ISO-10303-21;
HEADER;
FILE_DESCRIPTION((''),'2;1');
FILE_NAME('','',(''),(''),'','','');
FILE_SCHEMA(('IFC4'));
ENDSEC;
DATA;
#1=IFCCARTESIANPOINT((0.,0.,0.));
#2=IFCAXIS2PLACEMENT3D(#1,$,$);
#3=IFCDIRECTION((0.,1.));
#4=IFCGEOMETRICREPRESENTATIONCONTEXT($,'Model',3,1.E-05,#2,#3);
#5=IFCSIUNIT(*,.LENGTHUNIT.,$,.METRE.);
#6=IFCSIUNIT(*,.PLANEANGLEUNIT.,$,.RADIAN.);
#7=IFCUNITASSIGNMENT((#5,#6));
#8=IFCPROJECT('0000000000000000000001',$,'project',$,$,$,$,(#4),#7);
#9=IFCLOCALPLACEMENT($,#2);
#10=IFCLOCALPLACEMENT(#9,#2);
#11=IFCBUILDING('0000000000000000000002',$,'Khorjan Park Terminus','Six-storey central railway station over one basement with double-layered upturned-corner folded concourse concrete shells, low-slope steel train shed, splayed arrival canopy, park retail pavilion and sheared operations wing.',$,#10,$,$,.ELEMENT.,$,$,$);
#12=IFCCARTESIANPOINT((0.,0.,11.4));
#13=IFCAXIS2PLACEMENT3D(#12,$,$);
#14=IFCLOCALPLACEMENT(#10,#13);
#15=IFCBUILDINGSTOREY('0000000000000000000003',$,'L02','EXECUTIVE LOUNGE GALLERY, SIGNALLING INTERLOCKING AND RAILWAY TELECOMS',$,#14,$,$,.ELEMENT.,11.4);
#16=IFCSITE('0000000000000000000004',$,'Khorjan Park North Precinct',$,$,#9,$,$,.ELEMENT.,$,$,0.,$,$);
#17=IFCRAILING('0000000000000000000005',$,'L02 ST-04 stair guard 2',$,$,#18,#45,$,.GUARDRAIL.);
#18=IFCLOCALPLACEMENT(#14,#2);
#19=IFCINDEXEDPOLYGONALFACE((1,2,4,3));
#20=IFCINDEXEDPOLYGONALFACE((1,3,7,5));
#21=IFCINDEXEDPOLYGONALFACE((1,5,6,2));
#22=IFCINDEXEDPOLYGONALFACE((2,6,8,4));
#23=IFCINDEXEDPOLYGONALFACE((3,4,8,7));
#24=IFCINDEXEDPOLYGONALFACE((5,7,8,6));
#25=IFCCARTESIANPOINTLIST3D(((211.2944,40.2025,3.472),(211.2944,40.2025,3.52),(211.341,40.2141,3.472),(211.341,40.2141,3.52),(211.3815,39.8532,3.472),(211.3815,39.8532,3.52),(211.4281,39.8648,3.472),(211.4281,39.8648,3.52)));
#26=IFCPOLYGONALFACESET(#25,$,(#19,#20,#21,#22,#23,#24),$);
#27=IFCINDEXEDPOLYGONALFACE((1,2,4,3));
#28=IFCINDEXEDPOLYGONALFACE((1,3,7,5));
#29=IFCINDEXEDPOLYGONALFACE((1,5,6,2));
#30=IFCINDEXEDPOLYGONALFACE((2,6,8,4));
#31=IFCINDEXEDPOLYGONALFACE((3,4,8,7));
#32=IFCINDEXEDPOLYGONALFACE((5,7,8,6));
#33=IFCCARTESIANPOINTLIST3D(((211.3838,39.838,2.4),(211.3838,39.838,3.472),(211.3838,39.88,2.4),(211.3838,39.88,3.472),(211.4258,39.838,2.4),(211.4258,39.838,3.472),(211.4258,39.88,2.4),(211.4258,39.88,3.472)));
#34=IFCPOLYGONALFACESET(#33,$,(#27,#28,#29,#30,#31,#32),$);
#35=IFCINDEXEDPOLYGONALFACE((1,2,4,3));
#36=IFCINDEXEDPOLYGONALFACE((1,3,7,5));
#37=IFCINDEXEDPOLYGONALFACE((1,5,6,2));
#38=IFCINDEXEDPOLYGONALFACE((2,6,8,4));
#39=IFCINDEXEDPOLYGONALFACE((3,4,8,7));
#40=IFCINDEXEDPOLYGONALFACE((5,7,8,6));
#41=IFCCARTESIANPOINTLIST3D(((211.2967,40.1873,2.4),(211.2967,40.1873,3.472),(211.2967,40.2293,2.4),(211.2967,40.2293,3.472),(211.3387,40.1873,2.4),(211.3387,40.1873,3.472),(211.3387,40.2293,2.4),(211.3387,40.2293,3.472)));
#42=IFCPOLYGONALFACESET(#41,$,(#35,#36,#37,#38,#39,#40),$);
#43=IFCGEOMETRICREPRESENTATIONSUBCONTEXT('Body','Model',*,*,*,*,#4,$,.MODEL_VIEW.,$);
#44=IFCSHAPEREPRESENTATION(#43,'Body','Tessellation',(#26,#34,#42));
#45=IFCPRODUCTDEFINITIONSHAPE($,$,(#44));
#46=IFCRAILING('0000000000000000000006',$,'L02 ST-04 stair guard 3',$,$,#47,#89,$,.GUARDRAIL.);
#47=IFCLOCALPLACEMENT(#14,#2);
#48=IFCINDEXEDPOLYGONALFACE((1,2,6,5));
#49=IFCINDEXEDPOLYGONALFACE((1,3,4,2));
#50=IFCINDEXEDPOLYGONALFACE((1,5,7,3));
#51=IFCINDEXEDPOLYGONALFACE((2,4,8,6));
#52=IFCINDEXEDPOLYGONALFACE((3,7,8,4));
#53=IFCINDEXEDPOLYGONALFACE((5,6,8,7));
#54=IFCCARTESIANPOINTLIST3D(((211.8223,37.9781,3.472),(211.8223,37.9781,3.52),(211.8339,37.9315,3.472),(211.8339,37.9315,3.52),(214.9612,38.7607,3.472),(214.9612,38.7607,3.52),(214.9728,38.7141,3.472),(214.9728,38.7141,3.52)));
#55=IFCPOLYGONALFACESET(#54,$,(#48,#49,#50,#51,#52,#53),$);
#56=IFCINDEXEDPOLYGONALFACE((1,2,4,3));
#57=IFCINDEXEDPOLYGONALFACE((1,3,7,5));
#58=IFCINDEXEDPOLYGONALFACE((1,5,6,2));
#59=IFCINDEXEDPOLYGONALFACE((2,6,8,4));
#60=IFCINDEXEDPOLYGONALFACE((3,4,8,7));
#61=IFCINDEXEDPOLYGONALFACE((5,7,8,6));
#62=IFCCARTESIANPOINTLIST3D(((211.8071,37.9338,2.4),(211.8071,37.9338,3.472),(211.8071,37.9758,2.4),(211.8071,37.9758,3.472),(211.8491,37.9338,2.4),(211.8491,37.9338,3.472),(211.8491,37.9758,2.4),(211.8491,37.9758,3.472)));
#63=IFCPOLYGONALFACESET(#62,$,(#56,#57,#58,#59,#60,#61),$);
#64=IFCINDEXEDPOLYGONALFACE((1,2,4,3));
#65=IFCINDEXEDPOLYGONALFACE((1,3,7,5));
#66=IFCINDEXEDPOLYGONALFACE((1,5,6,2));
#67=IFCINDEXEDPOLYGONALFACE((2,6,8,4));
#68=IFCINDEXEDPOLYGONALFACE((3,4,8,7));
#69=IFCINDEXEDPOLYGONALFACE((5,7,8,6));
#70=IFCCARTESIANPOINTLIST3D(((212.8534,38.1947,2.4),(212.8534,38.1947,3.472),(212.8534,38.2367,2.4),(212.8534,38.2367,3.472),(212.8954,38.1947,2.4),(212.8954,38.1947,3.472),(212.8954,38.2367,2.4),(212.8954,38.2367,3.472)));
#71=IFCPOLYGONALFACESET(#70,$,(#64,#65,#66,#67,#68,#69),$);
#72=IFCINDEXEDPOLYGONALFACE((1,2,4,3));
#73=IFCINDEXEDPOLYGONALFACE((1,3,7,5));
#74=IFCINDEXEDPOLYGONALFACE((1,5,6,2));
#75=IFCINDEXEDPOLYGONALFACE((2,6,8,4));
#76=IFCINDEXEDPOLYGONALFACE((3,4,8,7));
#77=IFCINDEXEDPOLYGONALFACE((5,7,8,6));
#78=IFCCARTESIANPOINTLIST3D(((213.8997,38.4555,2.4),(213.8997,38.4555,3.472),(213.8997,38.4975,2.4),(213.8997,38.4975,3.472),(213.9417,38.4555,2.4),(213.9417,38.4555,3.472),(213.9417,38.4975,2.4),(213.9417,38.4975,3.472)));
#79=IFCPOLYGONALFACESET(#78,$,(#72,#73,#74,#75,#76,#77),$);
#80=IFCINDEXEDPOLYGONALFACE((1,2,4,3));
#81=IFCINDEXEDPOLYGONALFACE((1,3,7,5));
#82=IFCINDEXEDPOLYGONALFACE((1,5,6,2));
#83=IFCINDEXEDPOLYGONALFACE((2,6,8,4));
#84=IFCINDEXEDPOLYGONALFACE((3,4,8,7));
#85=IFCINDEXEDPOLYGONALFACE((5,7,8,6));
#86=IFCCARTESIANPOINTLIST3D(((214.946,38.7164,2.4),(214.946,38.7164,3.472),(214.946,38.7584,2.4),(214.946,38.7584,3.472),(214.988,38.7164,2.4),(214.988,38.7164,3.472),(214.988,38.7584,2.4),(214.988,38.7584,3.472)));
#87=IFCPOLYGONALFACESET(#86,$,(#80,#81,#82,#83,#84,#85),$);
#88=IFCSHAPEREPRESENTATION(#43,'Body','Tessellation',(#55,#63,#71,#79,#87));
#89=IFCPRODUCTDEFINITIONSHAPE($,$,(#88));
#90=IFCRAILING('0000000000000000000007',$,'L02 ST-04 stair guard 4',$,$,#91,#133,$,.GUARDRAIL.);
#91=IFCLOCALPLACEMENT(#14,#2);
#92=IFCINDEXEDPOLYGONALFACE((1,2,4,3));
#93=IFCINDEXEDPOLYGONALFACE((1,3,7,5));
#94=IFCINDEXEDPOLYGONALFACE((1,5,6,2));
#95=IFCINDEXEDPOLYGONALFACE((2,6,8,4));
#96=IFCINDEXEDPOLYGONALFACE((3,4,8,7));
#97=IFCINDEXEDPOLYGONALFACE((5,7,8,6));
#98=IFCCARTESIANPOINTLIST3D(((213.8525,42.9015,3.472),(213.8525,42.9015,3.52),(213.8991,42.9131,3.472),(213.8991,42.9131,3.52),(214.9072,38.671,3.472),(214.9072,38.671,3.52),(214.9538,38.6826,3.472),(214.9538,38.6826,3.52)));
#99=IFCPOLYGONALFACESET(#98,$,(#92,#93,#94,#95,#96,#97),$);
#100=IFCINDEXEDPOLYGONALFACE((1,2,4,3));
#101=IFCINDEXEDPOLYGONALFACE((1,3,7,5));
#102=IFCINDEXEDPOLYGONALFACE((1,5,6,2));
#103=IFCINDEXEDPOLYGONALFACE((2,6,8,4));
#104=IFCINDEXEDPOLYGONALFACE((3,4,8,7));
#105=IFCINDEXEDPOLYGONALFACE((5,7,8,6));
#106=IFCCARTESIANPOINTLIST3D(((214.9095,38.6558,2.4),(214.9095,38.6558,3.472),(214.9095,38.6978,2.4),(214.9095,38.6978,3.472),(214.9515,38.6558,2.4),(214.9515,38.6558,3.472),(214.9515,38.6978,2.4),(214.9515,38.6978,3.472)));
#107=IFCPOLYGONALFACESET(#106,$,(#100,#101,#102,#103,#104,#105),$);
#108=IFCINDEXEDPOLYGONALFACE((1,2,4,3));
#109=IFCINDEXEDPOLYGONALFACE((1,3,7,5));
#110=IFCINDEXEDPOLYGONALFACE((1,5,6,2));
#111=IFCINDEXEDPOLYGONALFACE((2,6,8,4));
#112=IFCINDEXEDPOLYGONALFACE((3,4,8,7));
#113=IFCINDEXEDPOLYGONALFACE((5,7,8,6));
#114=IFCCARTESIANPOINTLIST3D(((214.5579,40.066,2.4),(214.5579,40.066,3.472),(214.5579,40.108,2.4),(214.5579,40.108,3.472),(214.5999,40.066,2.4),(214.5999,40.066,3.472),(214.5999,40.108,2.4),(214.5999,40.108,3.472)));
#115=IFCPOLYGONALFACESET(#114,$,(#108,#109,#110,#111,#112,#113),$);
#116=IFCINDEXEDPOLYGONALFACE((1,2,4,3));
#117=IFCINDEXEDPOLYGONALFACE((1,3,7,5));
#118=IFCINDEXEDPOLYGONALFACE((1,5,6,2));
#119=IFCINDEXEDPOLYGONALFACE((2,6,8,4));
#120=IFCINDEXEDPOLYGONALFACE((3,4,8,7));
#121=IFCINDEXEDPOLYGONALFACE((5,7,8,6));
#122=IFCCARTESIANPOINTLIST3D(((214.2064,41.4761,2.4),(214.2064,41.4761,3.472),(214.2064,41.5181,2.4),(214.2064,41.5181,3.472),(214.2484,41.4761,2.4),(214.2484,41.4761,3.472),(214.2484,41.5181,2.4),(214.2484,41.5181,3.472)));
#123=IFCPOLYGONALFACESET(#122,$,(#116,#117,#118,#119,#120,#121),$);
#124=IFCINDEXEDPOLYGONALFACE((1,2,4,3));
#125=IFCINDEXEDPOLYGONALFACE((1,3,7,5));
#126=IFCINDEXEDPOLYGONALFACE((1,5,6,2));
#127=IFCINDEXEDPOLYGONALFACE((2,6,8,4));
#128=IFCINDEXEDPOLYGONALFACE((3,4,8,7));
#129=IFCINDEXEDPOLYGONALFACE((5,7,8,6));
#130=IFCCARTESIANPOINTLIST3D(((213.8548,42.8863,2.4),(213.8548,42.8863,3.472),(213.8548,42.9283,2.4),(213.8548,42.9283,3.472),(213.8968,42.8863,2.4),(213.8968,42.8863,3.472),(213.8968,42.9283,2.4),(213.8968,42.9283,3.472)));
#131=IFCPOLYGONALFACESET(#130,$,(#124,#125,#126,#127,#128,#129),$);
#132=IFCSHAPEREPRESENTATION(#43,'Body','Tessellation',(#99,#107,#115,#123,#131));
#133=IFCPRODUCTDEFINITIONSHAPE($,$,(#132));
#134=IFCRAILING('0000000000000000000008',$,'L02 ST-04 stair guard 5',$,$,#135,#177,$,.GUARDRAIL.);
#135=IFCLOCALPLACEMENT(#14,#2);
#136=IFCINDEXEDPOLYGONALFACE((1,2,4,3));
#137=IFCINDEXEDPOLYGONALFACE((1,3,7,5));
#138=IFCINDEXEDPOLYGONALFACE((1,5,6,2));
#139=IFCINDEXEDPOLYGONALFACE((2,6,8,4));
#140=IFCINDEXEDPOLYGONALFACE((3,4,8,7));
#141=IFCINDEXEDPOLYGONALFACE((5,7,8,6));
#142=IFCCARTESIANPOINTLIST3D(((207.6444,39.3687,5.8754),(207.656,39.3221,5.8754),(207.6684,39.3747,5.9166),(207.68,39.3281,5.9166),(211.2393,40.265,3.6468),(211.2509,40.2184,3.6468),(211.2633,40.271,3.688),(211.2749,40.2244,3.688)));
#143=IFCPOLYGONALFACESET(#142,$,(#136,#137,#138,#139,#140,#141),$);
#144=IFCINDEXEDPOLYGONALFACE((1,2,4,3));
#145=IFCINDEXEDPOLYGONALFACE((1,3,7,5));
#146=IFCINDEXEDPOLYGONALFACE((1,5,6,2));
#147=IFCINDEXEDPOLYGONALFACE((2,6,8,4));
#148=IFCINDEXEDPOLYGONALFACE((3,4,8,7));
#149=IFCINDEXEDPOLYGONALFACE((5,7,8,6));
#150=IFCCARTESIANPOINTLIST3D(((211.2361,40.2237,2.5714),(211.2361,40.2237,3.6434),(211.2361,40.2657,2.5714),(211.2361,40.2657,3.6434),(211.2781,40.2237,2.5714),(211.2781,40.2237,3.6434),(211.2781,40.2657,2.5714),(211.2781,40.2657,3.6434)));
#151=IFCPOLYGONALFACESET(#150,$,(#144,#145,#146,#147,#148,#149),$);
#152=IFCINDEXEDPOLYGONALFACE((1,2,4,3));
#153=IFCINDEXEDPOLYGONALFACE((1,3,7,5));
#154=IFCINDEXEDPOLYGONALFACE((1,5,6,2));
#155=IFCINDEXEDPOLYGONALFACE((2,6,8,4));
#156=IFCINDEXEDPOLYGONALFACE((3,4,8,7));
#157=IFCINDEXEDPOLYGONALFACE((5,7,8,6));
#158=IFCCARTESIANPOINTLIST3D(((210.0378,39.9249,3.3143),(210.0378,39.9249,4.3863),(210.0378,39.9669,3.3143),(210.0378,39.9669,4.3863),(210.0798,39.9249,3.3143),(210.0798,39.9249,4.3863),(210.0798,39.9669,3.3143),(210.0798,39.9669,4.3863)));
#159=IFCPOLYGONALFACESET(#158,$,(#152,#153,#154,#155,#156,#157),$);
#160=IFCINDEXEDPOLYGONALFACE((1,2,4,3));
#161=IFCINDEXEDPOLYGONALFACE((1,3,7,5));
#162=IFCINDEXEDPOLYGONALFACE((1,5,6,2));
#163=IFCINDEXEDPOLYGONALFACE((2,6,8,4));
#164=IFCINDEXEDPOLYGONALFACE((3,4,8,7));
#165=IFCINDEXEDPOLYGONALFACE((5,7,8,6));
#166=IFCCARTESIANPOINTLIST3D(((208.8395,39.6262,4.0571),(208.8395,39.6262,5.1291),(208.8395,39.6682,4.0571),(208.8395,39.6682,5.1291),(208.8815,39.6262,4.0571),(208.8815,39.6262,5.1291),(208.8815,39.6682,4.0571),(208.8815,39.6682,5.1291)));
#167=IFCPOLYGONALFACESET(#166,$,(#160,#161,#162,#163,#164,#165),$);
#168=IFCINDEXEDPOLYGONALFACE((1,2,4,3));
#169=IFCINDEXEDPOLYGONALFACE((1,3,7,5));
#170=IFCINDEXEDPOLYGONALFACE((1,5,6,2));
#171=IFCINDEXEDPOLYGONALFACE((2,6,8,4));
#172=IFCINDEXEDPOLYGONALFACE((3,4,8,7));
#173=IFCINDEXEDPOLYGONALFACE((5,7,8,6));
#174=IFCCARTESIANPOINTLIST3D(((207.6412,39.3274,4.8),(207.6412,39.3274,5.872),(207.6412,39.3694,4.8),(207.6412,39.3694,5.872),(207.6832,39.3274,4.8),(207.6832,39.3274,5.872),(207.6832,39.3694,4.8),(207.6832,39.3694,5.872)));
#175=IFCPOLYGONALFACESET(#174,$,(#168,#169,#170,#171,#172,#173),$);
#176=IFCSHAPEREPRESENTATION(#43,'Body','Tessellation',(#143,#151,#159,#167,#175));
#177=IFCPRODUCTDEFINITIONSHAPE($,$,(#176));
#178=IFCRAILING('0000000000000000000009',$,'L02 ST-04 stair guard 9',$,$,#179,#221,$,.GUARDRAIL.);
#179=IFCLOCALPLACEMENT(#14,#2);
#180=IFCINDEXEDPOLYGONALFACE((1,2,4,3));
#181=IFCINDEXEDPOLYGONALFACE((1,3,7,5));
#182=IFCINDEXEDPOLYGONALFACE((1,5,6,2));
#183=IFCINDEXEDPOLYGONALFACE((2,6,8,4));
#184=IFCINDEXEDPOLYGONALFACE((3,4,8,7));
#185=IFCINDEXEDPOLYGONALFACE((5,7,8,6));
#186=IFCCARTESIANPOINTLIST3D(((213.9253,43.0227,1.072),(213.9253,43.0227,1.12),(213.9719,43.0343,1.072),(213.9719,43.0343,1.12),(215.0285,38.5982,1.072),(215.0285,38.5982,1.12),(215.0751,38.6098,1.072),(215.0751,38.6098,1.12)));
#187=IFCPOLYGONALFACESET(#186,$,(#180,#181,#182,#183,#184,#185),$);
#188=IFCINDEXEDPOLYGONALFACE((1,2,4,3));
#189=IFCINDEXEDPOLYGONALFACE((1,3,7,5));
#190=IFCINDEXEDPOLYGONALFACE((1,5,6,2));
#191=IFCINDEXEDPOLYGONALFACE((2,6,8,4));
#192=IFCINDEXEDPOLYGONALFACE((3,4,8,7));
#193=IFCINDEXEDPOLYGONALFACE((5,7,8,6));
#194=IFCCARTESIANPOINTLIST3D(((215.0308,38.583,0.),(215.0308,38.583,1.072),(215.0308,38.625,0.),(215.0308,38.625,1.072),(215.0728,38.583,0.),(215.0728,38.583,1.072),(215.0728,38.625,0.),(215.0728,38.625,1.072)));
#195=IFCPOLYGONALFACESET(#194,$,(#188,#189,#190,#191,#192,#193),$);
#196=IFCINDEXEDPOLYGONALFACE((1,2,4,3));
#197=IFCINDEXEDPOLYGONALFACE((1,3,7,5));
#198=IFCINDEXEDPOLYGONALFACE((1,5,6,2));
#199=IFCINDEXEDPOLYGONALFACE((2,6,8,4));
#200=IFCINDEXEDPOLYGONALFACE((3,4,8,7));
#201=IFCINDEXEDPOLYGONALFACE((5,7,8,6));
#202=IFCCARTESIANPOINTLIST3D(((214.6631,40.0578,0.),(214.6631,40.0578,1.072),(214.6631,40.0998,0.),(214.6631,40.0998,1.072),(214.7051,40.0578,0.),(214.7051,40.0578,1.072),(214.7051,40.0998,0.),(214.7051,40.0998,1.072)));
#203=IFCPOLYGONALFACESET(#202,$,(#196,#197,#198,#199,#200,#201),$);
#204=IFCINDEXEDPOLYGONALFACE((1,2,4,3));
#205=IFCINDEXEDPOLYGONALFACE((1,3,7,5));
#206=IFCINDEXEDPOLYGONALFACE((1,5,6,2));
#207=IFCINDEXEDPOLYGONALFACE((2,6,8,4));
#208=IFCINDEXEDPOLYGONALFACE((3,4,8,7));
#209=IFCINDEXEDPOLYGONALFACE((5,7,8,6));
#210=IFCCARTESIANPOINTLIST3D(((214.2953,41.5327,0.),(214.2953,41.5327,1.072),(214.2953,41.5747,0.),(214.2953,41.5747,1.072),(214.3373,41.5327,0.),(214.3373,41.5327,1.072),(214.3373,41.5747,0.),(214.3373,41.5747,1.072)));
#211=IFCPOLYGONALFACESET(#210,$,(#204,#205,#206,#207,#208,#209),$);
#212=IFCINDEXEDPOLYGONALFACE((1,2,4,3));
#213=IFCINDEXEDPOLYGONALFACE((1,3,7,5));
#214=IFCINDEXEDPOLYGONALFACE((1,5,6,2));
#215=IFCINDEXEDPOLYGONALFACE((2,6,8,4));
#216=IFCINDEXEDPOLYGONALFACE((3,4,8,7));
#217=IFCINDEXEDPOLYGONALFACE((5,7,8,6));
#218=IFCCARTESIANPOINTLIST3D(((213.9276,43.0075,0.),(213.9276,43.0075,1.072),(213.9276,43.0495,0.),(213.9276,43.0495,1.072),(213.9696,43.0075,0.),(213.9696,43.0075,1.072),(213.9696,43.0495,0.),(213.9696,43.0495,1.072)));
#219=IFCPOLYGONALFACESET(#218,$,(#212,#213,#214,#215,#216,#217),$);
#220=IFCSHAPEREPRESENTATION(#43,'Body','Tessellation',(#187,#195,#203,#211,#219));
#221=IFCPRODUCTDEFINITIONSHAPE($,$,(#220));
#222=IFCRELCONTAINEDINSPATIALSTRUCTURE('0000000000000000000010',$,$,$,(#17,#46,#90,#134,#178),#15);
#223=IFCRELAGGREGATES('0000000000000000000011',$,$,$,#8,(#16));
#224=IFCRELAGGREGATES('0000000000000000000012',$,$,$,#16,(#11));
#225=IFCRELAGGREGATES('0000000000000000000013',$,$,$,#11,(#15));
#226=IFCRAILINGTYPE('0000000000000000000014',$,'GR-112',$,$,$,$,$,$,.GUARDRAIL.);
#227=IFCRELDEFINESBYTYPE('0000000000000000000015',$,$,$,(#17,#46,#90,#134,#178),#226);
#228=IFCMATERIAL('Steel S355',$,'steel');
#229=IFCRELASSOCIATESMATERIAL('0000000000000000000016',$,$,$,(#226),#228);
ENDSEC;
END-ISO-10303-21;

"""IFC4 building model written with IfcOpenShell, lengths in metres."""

from ifc_helpers import new_model, si_unit, direction, frame, origin, origin_2d, place, context, subcontext, project, spatial, rectangle, extrude, material, type_object, element, save


model = new_model("IFC4")

# Units and contexts
model_context = context("Model", 3, precision=1e-05, world=origin(), true_north=direction((0.0, 1.0)))
body_context = subcontext(model_context, "Body", "Model", "MODEL_VIEW")
ifc_project = project(units=[si_unit("LENGTHUNIT", "METRE"), si_unit("PLANEANGLEUNIT", "RADIAN")], contexts=[model_context])

# Site, building, storey
site_placement = place(None, origin())
site = spatial("IfcSite", under=ifc_project, at=site_placement, Name="Khorjan Park North Precinct", CompositionType="ELEMENT", RefElevation=0.0)
building_placement = place(site_placement, origin())
building = spatial("IfcBuilding", under=site, at=building_placement, Name="Khorjan Park Terminus", Description="Six-storey central railway station over one basement with double-layered upturned-corner folded concourse concrete shells, low-slope steel train shed, splayed arrival canopy, park retail pavilion and sheared operations wing.", CompositionType="ELEMENT")
storey_placement = place(building_placement, frame((0.0, 0.0, 11.4)))
storey = spatial("IfcBuildingStorey", under=building, at=storey_placement, Name="L02", Description="EXECUTIVE LOUNGE GALLERY, SIGNALLING INTERLOCKING AND RAILWAY TELECOMS", CompositionType="ELEMENT", Elevation=11.4)

# Shared definitions
ifc_material_1 = material(Name="Steel S355", Category="steel")

# Railings
railing_type = type_object("IfcRailingType", Name="GR-112", PredefinedType="GUARDRAIL", material=ifc_material_1)
railing_1_placement = place(storey_placement, frame((211.4048, 39.859, 2.4)))
element("IfcRailing", 1, at=railing_1_placement, inside=storey, type_object=railing_type, Name="L02 ST-04 stair guard 2", PredefinedType="GUARDRAIL", context=body_context, shape_type="SweptSolid", body=[
    extrude(rectangle(XDim=0.048, YDim=0.048, at=origin_2d()), frame((0.0, 0.0, 1.096), z_axis=(-0.241947, 0.970289, 0.0), x_axis=(-0.970289, -0.241947, 0.0)), (0.0, 0.0, 1.0), 0.36),
    extrude(rectangle(XDim=0.042, YDim=0.042, at=origin_2d()), origin(), (0.0, 0.0, 1.0), 1.072),
    extrude(rectangle(XDim=0.042, YDim=0.042, at=origin_2d()), frame((-0.0871, 0.3493, 0.0)), (0.0, 0.0, 1.0), 1.072),
])
railing_2_placement = place(storey_placement, frame((211.8281, 37.9548, 2.4)))
element("IfcRailing", 2, at=railing_2_placement, inside=storey, type_object=railing_type, Name="L02 ST-04 stair guard 3", PredefinedType="GUARDRAIL", context=body_context, shape_type="SweptSolid", body=[
    extrude(rectangle(XDim=0.048, YDim=0.048, at=origin_2d()), frame((0.0, 0.0, 1.096), z_axis=(0.970297, 0.241917, 0.0), x_axis=(-0.241917, 0.970297, 0.0)), (0.0, 0.0, 1.0), 3.235),
    extrude(rectangle(XDim=0.042, YDim=0.042, at=origin_2d()), origin(), (0.0, 0.0, 1.0), 1.072),
    extrude(rectangle(XDim=0.042, YDim=0.042, at=origin_2d()), frame((1.0463, 0.2609, 0.0)), (0.0, 0.0, 1.0), 1.072),
    extrude(rectangle(XDim=0.042, YDim=0.042, at=origin_2d()), frame((2.0926, 0.5217, 0.0)), (0.0, 0.0, 1.0), 1.072),
    extrude(rectangle(XDim=0.042, YDim=0.042, at=origin_2d()), frame((3.1389, 0.7826, 0.0)), (0.0, 0.0, 1.0), 1.072),
])
railing_3_placement = place(storey_placement, frame((214.9305, 38.6768, 2.4)))
element("IfcRailing", 3, at=railing_3_placement, inside=storey, type_object=railing_type, Name="L02 ST-04 stair guard 4", PredefinedType="GUARDRAIL", context=body_context, shape_type="SweptSolid", body=[
    extrude(rectangle(XDim=0.048, YDim=0.048, at=origin_2d()), frame((0.0, 0.0, 1.096), z_axis=(-0.241904, 0.9703, 0.0), x_axis=(-0.9703, -0.241904, 0.0)), (0.0, 0.0, 1.0), 4.36),
    extrude(rectangle(XDim=0.042, YDim=0.042, at=origin_2d()), origin(), (0.0, 0.0, 1.0), 1.072),
    extrude(rectangle(XDim=0.042, YDim=0.042, at=origin_2d()), frame((-0.3516, 1.4102, 0.0)), (0.0, 0.0, 1.0), 1.072),
    extrude(rectangle(XDim=0.042, YDim=0.042, at=origin_2d()), frame((-0.7031, 2.8203, 0.0)), (0.0, 0.0, 1.0), 1.072),
    extrude(rectangle(XDim=0.042, YDim=0.042, at=origin_2d()), frame((-1.0547, 4.2305, 0.0)), (0.0, 0.0, 1.0), 1.072),
])
railing_4_placement = place(storey_placement, frame((211.2571, 40.2447, 2.5714)))
element("IfcRailing", 4, at=railing_4_placement, inside=storey, type_object=railing_type, Name="L02 ST-04 stair guard 5", PredefinedType="GUARDRAIL", context=body_context, shape_type="SweptSolid", body=[
    extrude(rectangle(XDim=0.048, YDim=0.048, at=origin_2d()), frame((0.0, 0.0, 1.096), z_axis=(-0.831464, -0.207305, 0.515453), x_axis=(0.24192, -0.970296, 0.0)), (0.0, 0.0, 1.0), 4.3236),
    extrude(rectangle(XDim=0.042, YDim=0.042, at=origin_2d()), origin(), (0.0, 0.0, 1.0), 1.072),
    extrude(rectangle(XDim=0.042, YDim=0.042, at=origin_2d()), frame((-1.1983, -0.2988, 0.7429)), (0.0, 0.0, 1.0), 1.072),
    extrude(rectangle(XDim=0.042, YDim=0.042, at=origin_2d()), frame((-2.3966, -0.5975, 1.4857)), (0.0, 0.0, 1.0), 1.072),
    extrude(rectangle(XDim=0.042, YDim=0.042, at=origin_2d()), frame((-3.5949, -0.8963, 2.2286)), (0.0, 0.0, 1.0), 1.072),
])
railing_5_placement = place(storey_placement, frame((215.0518, 38.604, 0.0)))
element("IfcRailing", 5, at=railing_5_placement, inside=storey, type_object=railing_type, Name="L02 ST-04 stair guard 9", PredefinedType="GUARDRAIL", context=body_context, shape_type="SweptSolid", body=[
    extrude(rectangle(XDim=0.048, YDim=0.048, at=origin_2d()), frame((0.0, 0.0, 1.096), z_axis=(-0.241932, 0.970293, 0.0), x_axis=(-0.970293, -0.241932, 0.0)), (0.0, 0.0, 1.0), 4.56),
    extrude(rectangle(XDim=0.042, YDim=0.042, at=origin_2d()), origin(), (0.0, 0.0, 1.0), 1.072),
    extrude(rectangle(XDim=0.042, YDim=0.042, at=origin_2d()), frame((-0.3677, 1.4748, 0.0)), (0.0, 0.0, 1.0), 1.072),
    extrude(rectangle(XDim=0.042, YDim=0.042, at=origin_2d()), frame((-0.7355, 2.9497, 0.0)), (0.0, 0.0, 1.0), 1.072),
    extrude(rectangle(XDim=0.042, YDim=0.042, at=origin_2d()), frame((-1.1032, 4.4245, 0.0)), (0.0, 0.0, 1.0), 1.072),
])

save(model, "model.ifc")
